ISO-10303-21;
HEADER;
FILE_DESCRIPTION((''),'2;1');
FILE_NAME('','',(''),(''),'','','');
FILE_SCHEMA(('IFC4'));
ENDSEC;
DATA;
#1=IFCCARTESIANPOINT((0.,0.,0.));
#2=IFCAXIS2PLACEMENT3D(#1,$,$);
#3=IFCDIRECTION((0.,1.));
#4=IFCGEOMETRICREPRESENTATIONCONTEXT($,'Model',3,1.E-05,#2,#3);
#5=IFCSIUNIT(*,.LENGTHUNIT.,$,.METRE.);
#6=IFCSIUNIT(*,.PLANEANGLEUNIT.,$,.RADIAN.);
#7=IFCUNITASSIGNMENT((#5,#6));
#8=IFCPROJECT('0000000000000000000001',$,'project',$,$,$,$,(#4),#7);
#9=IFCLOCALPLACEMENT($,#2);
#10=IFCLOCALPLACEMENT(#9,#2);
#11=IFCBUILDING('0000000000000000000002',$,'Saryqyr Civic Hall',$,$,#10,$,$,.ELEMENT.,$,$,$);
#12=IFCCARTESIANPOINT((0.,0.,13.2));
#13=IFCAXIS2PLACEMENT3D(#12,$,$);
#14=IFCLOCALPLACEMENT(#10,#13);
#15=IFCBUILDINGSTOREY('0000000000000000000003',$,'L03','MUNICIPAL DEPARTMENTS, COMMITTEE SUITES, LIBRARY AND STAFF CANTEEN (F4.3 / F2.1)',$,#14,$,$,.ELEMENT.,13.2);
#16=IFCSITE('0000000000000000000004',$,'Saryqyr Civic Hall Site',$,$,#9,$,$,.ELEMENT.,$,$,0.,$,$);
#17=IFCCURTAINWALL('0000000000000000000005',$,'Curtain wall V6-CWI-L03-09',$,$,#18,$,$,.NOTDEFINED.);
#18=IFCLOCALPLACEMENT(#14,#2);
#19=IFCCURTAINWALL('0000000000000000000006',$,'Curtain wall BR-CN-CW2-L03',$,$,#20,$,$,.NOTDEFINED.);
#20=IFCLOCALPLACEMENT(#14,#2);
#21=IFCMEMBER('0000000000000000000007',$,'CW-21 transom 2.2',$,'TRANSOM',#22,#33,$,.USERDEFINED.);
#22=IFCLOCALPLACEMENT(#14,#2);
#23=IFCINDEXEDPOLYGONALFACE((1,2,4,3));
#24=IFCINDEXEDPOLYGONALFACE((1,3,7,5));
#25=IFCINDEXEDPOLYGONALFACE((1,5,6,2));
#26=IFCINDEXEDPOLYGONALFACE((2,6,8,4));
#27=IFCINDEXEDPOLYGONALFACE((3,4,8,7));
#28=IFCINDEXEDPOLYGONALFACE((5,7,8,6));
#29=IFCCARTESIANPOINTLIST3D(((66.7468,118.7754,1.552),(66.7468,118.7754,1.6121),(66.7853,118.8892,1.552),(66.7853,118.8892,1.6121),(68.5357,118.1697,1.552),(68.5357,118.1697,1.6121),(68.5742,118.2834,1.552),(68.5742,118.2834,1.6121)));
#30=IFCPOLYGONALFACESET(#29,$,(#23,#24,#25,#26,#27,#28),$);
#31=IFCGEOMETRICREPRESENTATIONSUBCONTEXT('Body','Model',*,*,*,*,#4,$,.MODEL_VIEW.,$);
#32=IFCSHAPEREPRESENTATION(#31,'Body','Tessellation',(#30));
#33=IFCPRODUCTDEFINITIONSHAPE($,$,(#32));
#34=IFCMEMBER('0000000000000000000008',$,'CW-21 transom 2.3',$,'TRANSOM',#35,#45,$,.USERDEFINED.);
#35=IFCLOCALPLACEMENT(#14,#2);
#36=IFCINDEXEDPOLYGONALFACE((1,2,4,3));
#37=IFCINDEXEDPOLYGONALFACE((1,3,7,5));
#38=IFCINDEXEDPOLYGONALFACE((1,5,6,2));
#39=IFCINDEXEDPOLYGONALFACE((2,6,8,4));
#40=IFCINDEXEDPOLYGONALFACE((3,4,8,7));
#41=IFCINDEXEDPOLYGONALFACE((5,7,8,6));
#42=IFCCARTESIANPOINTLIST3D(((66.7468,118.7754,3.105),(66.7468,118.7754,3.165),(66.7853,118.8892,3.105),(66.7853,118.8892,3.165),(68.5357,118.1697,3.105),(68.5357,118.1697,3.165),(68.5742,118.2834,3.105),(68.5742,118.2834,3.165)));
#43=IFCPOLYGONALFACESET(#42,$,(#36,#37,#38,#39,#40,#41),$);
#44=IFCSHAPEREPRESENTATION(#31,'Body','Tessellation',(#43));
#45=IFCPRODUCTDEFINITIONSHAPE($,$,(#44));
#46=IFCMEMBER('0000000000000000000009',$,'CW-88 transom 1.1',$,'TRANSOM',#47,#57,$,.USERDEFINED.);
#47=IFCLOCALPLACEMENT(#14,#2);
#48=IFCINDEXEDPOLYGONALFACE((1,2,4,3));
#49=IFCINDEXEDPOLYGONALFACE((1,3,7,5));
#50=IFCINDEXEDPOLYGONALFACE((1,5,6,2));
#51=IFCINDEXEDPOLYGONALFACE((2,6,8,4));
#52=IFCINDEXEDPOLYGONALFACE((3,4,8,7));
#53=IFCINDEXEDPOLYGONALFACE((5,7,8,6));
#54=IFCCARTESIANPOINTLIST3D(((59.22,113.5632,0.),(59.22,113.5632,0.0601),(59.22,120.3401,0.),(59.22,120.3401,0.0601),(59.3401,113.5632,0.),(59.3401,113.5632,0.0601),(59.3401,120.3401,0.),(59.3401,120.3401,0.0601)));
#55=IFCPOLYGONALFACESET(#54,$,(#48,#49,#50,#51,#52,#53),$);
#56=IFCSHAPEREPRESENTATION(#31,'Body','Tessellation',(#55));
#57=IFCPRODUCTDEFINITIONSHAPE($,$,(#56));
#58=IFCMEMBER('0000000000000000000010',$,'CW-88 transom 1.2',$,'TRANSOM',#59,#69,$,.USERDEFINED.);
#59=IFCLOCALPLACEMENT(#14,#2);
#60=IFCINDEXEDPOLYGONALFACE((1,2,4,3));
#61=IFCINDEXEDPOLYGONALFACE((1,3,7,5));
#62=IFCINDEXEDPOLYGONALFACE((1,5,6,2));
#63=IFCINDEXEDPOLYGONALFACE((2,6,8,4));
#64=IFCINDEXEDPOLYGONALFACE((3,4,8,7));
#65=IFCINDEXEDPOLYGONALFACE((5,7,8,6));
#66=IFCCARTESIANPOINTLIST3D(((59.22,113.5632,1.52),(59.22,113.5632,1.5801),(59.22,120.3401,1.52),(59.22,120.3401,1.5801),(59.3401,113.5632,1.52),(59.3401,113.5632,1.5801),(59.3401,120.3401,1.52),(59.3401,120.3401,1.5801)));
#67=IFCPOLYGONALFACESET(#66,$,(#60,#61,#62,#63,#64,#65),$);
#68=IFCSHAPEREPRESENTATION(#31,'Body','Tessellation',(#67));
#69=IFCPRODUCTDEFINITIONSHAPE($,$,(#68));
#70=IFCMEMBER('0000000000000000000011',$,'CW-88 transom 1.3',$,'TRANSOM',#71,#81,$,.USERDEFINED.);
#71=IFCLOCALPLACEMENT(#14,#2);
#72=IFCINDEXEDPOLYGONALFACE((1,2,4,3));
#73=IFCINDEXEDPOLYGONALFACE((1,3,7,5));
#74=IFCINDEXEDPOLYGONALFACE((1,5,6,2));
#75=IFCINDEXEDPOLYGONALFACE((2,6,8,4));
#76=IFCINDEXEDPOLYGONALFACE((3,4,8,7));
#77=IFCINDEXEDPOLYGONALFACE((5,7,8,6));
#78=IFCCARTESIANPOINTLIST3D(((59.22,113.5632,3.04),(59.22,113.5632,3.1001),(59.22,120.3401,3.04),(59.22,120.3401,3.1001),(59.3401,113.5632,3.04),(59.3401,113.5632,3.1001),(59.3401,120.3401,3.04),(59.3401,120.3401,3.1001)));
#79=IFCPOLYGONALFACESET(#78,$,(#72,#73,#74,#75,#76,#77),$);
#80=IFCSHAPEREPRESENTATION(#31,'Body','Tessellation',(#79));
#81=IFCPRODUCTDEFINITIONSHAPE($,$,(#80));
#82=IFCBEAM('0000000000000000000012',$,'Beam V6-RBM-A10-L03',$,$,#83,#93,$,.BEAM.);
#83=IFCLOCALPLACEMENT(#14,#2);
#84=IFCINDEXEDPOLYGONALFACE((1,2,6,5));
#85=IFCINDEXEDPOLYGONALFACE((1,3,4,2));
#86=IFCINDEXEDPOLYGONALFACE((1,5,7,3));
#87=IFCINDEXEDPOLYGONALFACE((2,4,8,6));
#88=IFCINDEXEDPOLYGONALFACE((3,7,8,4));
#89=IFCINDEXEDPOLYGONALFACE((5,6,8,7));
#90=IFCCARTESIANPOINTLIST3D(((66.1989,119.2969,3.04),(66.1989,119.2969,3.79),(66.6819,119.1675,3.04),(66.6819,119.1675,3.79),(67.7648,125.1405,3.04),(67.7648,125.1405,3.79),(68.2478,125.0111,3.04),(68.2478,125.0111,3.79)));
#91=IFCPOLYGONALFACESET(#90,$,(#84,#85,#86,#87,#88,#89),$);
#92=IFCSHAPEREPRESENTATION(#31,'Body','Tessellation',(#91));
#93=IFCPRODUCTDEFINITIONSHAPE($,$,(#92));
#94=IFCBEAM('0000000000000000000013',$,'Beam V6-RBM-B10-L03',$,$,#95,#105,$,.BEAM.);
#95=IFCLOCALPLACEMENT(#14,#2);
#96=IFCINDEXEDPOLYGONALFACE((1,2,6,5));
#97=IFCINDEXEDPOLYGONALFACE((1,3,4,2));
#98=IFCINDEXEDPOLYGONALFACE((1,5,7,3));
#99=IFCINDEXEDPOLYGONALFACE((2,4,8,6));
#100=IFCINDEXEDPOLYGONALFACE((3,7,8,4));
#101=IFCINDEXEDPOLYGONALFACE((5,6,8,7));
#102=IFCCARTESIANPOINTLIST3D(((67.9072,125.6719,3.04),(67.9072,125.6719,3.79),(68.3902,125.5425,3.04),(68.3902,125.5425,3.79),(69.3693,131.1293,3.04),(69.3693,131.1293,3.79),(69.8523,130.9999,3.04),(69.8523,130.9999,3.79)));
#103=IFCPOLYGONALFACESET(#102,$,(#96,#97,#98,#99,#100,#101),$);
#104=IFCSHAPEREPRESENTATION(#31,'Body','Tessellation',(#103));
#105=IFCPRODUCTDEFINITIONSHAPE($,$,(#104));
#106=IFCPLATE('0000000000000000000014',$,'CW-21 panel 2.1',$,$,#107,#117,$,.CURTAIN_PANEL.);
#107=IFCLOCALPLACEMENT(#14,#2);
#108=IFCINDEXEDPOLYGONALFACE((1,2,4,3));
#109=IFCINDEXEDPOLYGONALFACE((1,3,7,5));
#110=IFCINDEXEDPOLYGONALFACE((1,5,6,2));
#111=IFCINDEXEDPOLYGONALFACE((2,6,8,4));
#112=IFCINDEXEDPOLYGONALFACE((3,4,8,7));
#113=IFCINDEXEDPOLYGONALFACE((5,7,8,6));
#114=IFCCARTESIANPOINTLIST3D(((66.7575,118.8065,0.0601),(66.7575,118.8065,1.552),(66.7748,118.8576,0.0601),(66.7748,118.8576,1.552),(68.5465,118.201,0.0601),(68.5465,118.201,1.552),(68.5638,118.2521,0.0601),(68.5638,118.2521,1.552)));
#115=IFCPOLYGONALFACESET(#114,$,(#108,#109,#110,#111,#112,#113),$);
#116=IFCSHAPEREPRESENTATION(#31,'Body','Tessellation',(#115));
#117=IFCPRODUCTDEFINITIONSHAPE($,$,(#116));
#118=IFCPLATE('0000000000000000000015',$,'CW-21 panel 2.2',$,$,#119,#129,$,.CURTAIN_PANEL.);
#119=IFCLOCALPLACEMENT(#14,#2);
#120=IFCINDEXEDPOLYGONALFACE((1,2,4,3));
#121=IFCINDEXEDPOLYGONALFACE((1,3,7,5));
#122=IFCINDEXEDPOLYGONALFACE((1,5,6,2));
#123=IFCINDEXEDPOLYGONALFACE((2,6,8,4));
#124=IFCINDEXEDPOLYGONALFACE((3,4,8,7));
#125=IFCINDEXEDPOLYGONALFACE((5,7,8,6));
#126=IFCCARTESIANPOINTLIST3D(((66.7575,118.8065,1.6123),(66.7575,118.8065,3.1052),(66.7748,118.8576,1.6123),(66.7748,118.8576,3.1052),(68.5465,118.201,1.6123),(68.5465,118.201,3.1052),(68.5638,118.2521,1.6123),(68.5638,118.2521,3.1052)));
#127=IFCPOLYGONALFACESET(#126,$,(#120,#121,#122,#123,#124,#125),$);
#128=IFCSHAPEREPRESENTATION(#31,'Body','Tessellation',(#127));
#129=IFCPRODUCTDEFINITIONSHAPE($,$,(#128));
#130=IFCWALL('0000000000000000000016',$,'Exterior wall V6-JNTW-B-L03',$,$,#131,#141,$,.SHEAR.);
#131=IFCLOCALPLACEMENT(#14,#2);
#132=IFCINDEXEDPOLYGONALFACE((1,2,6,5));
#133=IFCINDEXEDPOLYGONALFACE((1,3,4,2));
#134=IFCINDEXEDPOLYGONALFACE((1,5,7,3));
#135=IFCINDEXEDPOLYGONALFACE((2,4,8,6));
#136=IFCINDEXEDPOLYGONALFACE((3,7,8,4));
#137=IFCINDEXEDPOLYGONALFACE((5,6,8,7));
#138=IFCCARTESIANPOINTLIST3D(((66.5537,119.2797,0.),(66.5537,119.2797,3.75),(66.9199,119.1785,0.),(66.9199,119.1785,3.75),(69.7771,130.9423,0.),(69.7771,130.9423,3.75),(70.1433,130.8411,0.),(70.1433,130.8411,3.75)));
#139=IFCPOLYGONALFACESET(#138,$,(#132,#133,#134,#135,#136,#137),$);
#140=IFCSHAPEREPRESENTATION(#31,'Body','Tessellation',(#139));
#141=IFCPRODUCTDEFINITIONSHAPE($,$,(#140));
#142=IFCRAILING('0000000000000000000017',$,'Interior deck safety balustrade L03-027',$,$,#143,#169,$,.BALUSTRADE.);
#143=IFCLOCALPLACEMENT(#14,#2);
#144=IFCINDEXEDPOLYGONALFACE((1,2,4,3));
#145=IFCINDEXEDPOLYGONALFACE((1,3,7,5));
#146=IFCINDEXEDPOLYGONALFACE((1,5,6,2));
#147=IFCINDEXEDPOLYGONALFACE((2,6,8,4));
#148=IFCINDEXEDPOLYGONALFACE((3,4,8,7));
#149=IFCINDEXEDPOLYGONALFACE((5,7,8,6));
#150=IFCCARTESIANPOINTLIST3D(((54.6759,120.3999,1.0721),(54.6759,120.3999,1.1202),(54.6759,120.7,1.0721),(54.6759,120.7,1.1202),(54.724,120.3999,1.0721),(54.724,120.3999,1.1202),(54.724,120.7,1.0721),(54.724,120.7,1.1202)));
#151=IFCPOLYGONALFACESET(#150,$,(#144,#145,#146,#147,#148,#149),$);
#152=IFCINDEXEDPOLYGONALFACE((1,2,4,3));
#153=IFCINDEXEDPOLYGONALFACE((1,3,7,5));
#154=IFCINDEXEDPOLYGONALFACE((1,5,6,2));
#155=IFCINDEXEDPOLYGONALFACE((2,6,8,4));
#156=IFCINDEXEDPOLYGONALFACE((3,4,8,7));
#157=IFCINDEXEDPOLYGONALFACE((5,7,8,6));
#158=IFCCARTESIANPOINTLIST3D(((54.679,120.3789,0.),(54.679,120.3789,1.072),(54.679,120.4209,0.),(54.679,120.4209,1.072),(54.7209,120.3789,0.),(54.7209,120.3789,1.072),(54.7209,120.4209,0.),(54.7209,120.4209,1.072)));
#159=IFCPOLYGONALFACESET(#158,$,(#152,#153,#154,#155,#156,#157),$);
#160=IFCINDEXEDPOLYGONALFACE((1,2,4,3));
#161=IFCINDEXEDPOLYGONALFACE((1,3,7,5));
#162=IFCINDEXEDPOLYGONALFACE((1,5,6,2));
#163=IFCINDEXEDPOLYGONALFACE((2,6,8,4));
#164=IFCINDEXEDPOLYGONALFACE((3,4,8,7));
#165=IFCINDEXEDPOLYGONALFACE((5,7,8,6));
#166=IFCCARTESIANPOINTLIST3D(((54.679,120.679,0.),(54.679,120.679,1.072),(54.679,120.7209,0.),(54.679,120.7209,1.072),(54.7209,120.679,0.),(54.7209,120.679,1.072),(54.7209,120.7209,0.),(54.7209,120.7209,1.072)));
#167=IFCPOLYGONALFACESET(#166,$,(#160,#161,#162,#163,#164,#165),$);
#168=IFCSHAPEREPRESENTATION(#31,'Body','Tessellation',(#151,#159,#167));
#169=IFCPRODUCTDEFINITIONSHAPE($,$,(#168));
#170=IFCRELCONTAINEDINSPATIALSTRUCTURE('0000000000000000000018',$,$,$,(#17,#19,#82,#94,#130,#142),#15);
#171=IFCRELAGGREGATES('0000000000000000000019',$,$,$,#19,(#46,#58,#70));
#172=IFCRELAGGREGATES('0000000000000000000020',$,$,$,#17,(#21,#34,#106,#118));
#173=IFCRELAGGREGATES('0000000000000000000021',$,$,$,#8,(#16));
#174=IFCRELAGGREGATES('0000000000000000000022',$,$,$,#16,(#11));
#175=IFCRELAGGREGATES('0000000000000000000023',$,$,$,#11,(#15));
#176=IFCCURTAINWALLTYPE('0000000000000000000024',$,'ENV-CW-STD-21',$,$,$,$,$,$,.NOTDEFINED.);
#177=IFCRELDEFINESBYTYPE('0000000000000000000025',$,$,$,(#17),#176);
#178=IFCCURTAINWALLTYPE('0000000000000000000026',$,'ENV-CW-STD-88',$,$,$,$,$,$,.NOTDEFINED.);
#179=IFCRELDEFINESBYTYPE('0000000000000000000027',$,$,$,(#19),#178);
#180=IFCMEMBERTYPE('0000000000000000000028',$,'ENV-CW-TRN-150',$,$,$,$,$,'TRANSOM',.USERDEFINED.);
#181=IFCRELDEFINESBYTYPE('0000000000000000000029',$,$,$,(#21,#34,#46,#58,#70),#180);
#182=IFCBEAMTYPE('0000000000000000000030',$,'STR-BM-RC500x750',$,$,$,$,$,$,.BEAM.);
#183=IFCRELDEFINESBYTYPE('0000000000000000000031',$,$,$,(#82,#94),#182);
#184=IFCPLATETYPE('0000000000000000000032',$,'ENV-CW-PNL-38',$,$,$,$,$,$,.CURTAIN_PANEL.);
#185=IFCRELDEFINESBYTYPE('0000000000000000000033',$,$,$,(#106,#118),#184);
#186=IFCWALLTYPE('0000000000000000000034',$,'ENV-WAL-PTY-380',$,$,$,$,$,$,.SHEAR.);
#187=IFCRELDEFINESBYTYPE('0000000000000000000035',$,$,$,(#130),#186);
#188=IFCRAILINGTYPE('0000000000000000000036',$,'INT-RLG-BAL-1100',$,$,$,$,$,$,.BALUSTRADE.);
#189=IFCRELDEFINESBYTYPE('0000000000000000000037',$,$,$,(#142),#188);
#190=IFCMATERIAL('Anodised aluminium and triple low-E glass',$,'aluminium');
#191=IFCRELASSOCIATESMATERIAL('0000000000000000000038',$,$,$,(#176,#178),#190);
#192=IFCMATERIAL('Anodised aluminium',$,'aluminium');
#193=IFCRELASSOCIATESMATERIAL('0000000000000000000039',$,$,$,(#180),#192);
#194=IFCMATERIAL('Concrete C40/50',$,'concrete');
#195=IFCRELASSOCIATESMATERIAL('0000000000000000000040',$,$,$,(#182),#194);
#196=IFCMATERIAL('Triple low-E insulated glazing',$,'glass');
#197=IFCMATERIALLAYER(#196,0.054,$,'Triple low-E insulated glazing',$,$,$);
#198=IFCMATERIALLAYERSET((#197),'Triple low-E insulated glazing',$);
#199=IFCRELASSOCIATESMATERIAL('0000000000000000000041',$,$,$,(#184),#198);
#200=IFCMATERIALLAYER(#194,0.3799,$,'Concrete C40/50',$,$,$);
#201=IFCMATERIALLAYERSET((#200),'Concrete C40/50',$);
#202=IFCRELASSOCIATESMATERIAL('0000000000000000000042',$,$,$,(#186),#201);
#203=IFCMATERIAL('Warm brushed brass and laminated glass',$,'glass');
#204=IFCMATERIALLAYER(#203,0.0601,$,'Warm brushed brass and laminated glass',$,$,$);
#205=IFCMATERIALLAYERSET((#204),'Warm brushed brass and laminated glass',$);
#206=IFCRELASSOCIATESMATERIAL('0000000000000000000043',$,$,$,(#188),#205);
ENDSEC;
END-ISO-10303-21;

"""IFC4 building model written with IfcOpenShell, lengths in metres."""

from ifc_helpers import new_model, si_unit, direction, frame, frame_2d, origin, origin_2d, place, context, subcontext, project, spatial, rectangle, extrude, material, layer, layer_set, material_profile, profile_set, type_object, element, aggregate, save


model = new_model("IFC4")

# Units and contexts
model_context = context("Model", 3, precision=1e-05, world=origin(), true_north=direction((0.0, 1.0)))
body_context = subcontext(model_context, "Body", "Model", "MODEL_VIEW")
ifc_project = project(units=[si_unit("LENGTHUNIT", "METRE"), si_unit("PLANEANGLEUNIT", "RADIAN")], contexts=[model_context])

# Site, building, storey
site_placement = place(None, origin())
site = spatial("IfcSite", under=ifc_project, at=site_placement, Name="Saryqyr Civic Hall Site", CompositionType="ELEMENT", RefElevation=0.0)
building_placement = place(site_placement, origin())
building = spatial("IfcBuilding", under=site, at=building_placement, Name="Saryqyr Civic Hall", CompositionType="ELEMENT")
storey_placement = place(building_placement, frame((0.0, 0.0, 13.2)))
storey = spatial("IfcBuildingStorey", under=building, at=storey_placement, Name="L03", Description="MUNICIPAL DEPARTMENTS, COMMITTEE SUITES, LIBRARY AND STAFF CANTEEN (F4.3 / F2.1)", CompositionType="ELEMENT", Elevation=13.2)

# Shared definitions
ifc_material_1 = material(Name="Concrete C40/50", Category="concrete")

# Curtain walls
ifc_material_2 = material(Name="Anodised aluminium and triple low-E glass", Category="aluminium")
curtain_wall_type_1 = type_object("IfcCurtainWallType", Name="ENV-CW-STD-21", PredefinedType="NOTDEFINED", material=ifc_material_2)
curtain_wall_1_placement = place(storey_placement, origin())
curtain_wall_1 = element("IfcCurtainWall", 1, at=curtain_wall_1_placement, inside=storey, type_object=curtain_wall_type_1, Name="Curtain wall V6-CWI-L03-09", PredefinedType="NOTDEFINED")
ifc_material_3 = material(Name="Anodised aluminium", Category="aluminium")
curtain_wall_type_2 = type_object("IfcCurtainWallType", Name="ENV-CW-STD-88", PredefinedType="NOTDEFINED", material=ifc_material_2)
curtain_wall_2_placement = place(storey_placement, origin())
curtain_wall_2 = element("IfcCurtainWall", 2, at=curtain_wall_2_placement, inside=storey, type_object=curtain_wall_type_2, Name="Curtain wall BR-CN-CW2-L03", PredefinedType="NOTDEFINED")

# Members
ifc_material_profile_1 = material_profile(ifc_material_3, rectangle(XDim=0.1201, YDim=0.0601, at=origin_2d()), Name="ALU TRANSOM 120x60")
ifc_profile_set_1 = profile_set([ifc_material_profile_1], Name="Anodised aluminium")
member_type_1 = type_object("IfcMemberType", Name="ENV-CW-TRN-150", ElementType="TRANSOM", PredefinedType="USERDEFINED", material=ifc_profile_set_1)
member_1_placement = place(storey_placement, frame((68.5549, 118.2266, 1.582), z_axis=(-0.947173, 0.320723, 0.0), x_axis=(-0.320723, -0.947173, 0.0)))
member_1 = element("IfcMember", 3, at=member_1_placement, type_object=member_type_1, Name="CW-21 transom 2.2", ObjectType="TRANSOM", PredefinedType="USERDEFINED", context=body_context, shape_type="SweptSolid", body=[
    extrude(rectangle(XDim=0.1201, YDim=0.0601, at=origin_2d()), origin(), (0.0, 0.0, 1.0), 1.8887),
])
member_2_placement = place(storey_placement, frame((68.5549, 118.2266, 3.135), z_axis=(-0.947173, 0.320723, 0.0), x_axis=(-0.320723, -0.947173, 0.0)))
member_2 = element("IfcMember", 4, at=member_2_placement, type_object=member_type_1, Name="CW-21 transom 2.3", ObjectType="TRANSOM", PredefinedType="USERDEFINED", context=body_context, shape_type="SweptSolid", body=[
    extrude(rectangle(XDim=0.1201, YDim=0.0601, at=origin_2d()), origin(), (0.0, 0.0, 1.0), 1.8887),
])
member_3_placement = place(storey_placement, frame((59.28, 120.3401, 0.03), z_axis=(0.0, -1.0, 0.0), x_axis=(1.0, 0.0, 0.0)))
member_3 = element("IfcMember", 5, at=member_3_placement, type_object=member_type_1, Name="CW-88 transom 1.1", ObjectType="TRANSOM", PredefinedType="USERDEFINED", context=body_context, shape_type="SweptSolid", body=[
    extrude(rectangle(XDim=0.1201, YDim=0.0601, at=origin_2d()), origin(), (0.0, 0.0, 1.0), 6.7769),
])
member_4_placement = place(storey_placement, frame((59.28, 120.3401, 1.55), z_axis=(0.0, -1.0, 0.0), x_axis=(1.0, 0.0, 0.0)))
member_4 = element("IfcMember", 6, at=member_4_placement, type_object=member_type_1, Name="CW-88 transom 1.2", ObjectType="TRANSOM", PredefinedType="USERDEFINED", context=body_context, shape_type="SweptSolid", body=[
    extrude(rectangle(XDim=0.1201, YDim=0.0601, at=origin_2d()), origin(), (0.0, 0.0, 1.0), 6.7769),
])
member_5_placement = place(storey_placement, frame((59.28, 120.3401, 3.0701), z_axis=(0.0, -1.0, 0.0), x_axis=(1.0, 0.0, 0.0)))
member_5 = element("IfcMember", 7, at=member_5_placement, type_object=member_type_1, Name="CW-88 transom 1.3", ObjectType="TRANSOM", PredefinedType="USERDEFINED", context=body_context, shape_type="SweptSolid", body=[
    extrude(rectangle(XDim=0.1201, YDim=0.0601, at=origin_2d()), origin(), (0.0, 0.0, 1.0), 6.7769),
])
aggregate(curtain_wall_2, [member_3, member_4, member_5])

# Beams
ifc_material_profile_2 = material_profile(ifc_material_1, rectangle(XDim=0.5, YDim=0.75, at=origin_2d()), Name="RC 500x750")
ifc_profile_set_2 = profile_set([ifc_material_profile_2], Name="Concrete C40/50")
beam_type = type_object("IfcBeamType", Name="STR-BM-RC500x750", PredefinedType="BEAM", material=ifc_profile_set_2)
beam_1_placement = place(storey_placement, frame((66.4404, 119.2322, 3.415), z_axis=(0.258833, 0.965922, 0.0), x_axis=(-0.965922, 0.258833, 0.0)))
element("IfcBeam", 8, at=beam_1_placement, inside=storey, type_object=beam_type, Name="Beam V6-RBM-A10-L03", PredefinedType="BEAM", context=body_context, shape_type="SweptSolid", body=[
    extrude(rectangle(XDim=0.5, YDim=0.75, at=origin_2d()), origin(), (0.0, 0.0, 1.0), 6.0498),
])
beam_2_placement = place(storey_placement, frame((68.1487, 125.6072, 3.415), z_axis=(0.258789, 0.965934, 0.0), x_axis=(-0.965934, 0.258789, 0.0)))
element("IfcBeam", 9, at=beam_2_placement, inside=storey, type_object=beam_type, Name="Beam V6-RBM-B10-L03", PredefinedType="BEAM", context=body_context, shape_type="SweptSolid", body=[
    extrude(rectangle(XDim=0.5, YDim=0.75, at=origin_2d()), origin(), (0.0, 0.0, 1.0), 5.6499),
])

# Plates
ifc_material_4 = material(Name="Triple low-E insulated glazing", Category="glass")
ifc_layer_1 = layer(ifc_material_4, 0.054, Name="Triple low-E insulated glazing")
ifc_layer_set_1 = layer_set([ifc_layer_1], Name="Triple low-E insulated glazing")
plate_type = type_object("IfcPlateType", Name="ENV-CW-PNL-38", PredefinedType="CURTAIN_PANEL", material=ifc_layer_set_1)
plate_1_placement = place(storey_placement, frame((67.6606, 118.5293, 0.0601), z_axis=(0.0, 0.0, 1.0), x_axis=(-0.947202, 0.320636, 0.0)))
plate_1 = element("IfcPlate", 10, at=plate_1_placement, type_object=plate_type, Name="CW-21 panel 2.1", PredefinedType="CURTAIN_PANEL", context=body_context, shape_type="SweptSolid", body=[
    extrude(rectangle(XDim=1.8887, YDim=0.054, at=origin_2d()), origin(), (0.0, 0.0, 1.0), 1.4919),
])
plate_2_placement = place(storey_placement, frame((67.6606, 118.5293, 1.6123), z_axis=(0.0, 0.0, 1.0), x_axis=(-0.947202, 0.320636, 0.0)))
plate_2 = element("IfcPlate", 11, at=plate_2_placement, type_object=plate_type, Name="CW-21 panel 2.2", PredefinedType="CURTAIN_PANEL", context=body_context, shape_type="SweptSolid", body=[
    extrude(rectangle(XDim=1.8887, YDim=0.054, at=origin_2d()), origin(), (0.0, 0.0, 1.0), 1.4929),
])
aggregate(curtain_wall_1, [member_1, member_2, plate_1, plate_2])

# Wall
ifc_layer_2 = layer(ifc_material_1, 0.3799, Name="Concrete C40/50")
ifc_layer_set_2 = layer_set([ifc_layer_2], Name="Concrete C40/50")
wall_type = type_object("IfcWallType", Name="ENV-WAL-PTY-380", PredefinedType="SHEAR", material=ifc_layer_set_2)
wall_placement = place(storey_placement, frame((66.7368, 119.2292, 0.0), z_axis=(0.0, 0.0, 1.0), x_axis=(0.266399, 0.963863, 0.0)))
element("IfcWall", 12, at=wall_placement, inside=storey, type_object=wall_type, Name="Exterior wall V6-JNTW-B-L03", PredefinedType="SHEAR", context=body_context, shape_type="SweptSolid", body=[
    extrude(rectangle(XDim=12.0999, YDim=0.3799, at=frame_2d((6.0498, 0.0))), origin(), (0.0, 0.0, 1.0), 3.75),
])

# Railing
ifc_material_5 = material(Name="Warm brushed brass and laminated glass", Category="glass")
ifc_layer_3 = layer(ifc_material_5, 0.0601, Name="Warm brushed brass and laminated glass")
ifc_layer_set_3 = layer_set([ifc_layer_3], Name="Warm brushed brass and laminated glass")
railing_type = type_object("IfcRailingType", Name="INT-RLG-BAL-1100", PredefinedType="BALUSTRADE", material=ifc_layer_set_3)
railing_1_placement = place(storey_placement, frame((54.7, 120.3999, 0.0)))
element("IfcRailing", 13, at=railing_1_placement, inside=storey, type_object=railing_type, Name="Interior deck safety balustrade L03-027", PredefinedType="BALUSTRADE", context=body_context, shape_type="SweptSolid", body=[
    extrude(rectangle(XDim=0.0481, YDim=0.0481, at=origin_2d()), frame((0.0, 0.0, 1.0962), z_axis=(0.0, 1.0, 0.0), x_axis=(-1.0, 0.0, 0.0)), (0.0, 0.0, 1.0), 0.3),
    extrude(rectangle(XDim=0.042, YDim=0.042, at=origin_2d()), origin(), (0.0, 0.0, 1.0), 1.072),
    extrude(rectangle(XDim=0.042, YDim=0.042, at=origin_2d()), frame((0.0, 0.3, 0.0)), (0.0, 0.0, 1.0), 1.072),
])

save(model, "model.ifc")
